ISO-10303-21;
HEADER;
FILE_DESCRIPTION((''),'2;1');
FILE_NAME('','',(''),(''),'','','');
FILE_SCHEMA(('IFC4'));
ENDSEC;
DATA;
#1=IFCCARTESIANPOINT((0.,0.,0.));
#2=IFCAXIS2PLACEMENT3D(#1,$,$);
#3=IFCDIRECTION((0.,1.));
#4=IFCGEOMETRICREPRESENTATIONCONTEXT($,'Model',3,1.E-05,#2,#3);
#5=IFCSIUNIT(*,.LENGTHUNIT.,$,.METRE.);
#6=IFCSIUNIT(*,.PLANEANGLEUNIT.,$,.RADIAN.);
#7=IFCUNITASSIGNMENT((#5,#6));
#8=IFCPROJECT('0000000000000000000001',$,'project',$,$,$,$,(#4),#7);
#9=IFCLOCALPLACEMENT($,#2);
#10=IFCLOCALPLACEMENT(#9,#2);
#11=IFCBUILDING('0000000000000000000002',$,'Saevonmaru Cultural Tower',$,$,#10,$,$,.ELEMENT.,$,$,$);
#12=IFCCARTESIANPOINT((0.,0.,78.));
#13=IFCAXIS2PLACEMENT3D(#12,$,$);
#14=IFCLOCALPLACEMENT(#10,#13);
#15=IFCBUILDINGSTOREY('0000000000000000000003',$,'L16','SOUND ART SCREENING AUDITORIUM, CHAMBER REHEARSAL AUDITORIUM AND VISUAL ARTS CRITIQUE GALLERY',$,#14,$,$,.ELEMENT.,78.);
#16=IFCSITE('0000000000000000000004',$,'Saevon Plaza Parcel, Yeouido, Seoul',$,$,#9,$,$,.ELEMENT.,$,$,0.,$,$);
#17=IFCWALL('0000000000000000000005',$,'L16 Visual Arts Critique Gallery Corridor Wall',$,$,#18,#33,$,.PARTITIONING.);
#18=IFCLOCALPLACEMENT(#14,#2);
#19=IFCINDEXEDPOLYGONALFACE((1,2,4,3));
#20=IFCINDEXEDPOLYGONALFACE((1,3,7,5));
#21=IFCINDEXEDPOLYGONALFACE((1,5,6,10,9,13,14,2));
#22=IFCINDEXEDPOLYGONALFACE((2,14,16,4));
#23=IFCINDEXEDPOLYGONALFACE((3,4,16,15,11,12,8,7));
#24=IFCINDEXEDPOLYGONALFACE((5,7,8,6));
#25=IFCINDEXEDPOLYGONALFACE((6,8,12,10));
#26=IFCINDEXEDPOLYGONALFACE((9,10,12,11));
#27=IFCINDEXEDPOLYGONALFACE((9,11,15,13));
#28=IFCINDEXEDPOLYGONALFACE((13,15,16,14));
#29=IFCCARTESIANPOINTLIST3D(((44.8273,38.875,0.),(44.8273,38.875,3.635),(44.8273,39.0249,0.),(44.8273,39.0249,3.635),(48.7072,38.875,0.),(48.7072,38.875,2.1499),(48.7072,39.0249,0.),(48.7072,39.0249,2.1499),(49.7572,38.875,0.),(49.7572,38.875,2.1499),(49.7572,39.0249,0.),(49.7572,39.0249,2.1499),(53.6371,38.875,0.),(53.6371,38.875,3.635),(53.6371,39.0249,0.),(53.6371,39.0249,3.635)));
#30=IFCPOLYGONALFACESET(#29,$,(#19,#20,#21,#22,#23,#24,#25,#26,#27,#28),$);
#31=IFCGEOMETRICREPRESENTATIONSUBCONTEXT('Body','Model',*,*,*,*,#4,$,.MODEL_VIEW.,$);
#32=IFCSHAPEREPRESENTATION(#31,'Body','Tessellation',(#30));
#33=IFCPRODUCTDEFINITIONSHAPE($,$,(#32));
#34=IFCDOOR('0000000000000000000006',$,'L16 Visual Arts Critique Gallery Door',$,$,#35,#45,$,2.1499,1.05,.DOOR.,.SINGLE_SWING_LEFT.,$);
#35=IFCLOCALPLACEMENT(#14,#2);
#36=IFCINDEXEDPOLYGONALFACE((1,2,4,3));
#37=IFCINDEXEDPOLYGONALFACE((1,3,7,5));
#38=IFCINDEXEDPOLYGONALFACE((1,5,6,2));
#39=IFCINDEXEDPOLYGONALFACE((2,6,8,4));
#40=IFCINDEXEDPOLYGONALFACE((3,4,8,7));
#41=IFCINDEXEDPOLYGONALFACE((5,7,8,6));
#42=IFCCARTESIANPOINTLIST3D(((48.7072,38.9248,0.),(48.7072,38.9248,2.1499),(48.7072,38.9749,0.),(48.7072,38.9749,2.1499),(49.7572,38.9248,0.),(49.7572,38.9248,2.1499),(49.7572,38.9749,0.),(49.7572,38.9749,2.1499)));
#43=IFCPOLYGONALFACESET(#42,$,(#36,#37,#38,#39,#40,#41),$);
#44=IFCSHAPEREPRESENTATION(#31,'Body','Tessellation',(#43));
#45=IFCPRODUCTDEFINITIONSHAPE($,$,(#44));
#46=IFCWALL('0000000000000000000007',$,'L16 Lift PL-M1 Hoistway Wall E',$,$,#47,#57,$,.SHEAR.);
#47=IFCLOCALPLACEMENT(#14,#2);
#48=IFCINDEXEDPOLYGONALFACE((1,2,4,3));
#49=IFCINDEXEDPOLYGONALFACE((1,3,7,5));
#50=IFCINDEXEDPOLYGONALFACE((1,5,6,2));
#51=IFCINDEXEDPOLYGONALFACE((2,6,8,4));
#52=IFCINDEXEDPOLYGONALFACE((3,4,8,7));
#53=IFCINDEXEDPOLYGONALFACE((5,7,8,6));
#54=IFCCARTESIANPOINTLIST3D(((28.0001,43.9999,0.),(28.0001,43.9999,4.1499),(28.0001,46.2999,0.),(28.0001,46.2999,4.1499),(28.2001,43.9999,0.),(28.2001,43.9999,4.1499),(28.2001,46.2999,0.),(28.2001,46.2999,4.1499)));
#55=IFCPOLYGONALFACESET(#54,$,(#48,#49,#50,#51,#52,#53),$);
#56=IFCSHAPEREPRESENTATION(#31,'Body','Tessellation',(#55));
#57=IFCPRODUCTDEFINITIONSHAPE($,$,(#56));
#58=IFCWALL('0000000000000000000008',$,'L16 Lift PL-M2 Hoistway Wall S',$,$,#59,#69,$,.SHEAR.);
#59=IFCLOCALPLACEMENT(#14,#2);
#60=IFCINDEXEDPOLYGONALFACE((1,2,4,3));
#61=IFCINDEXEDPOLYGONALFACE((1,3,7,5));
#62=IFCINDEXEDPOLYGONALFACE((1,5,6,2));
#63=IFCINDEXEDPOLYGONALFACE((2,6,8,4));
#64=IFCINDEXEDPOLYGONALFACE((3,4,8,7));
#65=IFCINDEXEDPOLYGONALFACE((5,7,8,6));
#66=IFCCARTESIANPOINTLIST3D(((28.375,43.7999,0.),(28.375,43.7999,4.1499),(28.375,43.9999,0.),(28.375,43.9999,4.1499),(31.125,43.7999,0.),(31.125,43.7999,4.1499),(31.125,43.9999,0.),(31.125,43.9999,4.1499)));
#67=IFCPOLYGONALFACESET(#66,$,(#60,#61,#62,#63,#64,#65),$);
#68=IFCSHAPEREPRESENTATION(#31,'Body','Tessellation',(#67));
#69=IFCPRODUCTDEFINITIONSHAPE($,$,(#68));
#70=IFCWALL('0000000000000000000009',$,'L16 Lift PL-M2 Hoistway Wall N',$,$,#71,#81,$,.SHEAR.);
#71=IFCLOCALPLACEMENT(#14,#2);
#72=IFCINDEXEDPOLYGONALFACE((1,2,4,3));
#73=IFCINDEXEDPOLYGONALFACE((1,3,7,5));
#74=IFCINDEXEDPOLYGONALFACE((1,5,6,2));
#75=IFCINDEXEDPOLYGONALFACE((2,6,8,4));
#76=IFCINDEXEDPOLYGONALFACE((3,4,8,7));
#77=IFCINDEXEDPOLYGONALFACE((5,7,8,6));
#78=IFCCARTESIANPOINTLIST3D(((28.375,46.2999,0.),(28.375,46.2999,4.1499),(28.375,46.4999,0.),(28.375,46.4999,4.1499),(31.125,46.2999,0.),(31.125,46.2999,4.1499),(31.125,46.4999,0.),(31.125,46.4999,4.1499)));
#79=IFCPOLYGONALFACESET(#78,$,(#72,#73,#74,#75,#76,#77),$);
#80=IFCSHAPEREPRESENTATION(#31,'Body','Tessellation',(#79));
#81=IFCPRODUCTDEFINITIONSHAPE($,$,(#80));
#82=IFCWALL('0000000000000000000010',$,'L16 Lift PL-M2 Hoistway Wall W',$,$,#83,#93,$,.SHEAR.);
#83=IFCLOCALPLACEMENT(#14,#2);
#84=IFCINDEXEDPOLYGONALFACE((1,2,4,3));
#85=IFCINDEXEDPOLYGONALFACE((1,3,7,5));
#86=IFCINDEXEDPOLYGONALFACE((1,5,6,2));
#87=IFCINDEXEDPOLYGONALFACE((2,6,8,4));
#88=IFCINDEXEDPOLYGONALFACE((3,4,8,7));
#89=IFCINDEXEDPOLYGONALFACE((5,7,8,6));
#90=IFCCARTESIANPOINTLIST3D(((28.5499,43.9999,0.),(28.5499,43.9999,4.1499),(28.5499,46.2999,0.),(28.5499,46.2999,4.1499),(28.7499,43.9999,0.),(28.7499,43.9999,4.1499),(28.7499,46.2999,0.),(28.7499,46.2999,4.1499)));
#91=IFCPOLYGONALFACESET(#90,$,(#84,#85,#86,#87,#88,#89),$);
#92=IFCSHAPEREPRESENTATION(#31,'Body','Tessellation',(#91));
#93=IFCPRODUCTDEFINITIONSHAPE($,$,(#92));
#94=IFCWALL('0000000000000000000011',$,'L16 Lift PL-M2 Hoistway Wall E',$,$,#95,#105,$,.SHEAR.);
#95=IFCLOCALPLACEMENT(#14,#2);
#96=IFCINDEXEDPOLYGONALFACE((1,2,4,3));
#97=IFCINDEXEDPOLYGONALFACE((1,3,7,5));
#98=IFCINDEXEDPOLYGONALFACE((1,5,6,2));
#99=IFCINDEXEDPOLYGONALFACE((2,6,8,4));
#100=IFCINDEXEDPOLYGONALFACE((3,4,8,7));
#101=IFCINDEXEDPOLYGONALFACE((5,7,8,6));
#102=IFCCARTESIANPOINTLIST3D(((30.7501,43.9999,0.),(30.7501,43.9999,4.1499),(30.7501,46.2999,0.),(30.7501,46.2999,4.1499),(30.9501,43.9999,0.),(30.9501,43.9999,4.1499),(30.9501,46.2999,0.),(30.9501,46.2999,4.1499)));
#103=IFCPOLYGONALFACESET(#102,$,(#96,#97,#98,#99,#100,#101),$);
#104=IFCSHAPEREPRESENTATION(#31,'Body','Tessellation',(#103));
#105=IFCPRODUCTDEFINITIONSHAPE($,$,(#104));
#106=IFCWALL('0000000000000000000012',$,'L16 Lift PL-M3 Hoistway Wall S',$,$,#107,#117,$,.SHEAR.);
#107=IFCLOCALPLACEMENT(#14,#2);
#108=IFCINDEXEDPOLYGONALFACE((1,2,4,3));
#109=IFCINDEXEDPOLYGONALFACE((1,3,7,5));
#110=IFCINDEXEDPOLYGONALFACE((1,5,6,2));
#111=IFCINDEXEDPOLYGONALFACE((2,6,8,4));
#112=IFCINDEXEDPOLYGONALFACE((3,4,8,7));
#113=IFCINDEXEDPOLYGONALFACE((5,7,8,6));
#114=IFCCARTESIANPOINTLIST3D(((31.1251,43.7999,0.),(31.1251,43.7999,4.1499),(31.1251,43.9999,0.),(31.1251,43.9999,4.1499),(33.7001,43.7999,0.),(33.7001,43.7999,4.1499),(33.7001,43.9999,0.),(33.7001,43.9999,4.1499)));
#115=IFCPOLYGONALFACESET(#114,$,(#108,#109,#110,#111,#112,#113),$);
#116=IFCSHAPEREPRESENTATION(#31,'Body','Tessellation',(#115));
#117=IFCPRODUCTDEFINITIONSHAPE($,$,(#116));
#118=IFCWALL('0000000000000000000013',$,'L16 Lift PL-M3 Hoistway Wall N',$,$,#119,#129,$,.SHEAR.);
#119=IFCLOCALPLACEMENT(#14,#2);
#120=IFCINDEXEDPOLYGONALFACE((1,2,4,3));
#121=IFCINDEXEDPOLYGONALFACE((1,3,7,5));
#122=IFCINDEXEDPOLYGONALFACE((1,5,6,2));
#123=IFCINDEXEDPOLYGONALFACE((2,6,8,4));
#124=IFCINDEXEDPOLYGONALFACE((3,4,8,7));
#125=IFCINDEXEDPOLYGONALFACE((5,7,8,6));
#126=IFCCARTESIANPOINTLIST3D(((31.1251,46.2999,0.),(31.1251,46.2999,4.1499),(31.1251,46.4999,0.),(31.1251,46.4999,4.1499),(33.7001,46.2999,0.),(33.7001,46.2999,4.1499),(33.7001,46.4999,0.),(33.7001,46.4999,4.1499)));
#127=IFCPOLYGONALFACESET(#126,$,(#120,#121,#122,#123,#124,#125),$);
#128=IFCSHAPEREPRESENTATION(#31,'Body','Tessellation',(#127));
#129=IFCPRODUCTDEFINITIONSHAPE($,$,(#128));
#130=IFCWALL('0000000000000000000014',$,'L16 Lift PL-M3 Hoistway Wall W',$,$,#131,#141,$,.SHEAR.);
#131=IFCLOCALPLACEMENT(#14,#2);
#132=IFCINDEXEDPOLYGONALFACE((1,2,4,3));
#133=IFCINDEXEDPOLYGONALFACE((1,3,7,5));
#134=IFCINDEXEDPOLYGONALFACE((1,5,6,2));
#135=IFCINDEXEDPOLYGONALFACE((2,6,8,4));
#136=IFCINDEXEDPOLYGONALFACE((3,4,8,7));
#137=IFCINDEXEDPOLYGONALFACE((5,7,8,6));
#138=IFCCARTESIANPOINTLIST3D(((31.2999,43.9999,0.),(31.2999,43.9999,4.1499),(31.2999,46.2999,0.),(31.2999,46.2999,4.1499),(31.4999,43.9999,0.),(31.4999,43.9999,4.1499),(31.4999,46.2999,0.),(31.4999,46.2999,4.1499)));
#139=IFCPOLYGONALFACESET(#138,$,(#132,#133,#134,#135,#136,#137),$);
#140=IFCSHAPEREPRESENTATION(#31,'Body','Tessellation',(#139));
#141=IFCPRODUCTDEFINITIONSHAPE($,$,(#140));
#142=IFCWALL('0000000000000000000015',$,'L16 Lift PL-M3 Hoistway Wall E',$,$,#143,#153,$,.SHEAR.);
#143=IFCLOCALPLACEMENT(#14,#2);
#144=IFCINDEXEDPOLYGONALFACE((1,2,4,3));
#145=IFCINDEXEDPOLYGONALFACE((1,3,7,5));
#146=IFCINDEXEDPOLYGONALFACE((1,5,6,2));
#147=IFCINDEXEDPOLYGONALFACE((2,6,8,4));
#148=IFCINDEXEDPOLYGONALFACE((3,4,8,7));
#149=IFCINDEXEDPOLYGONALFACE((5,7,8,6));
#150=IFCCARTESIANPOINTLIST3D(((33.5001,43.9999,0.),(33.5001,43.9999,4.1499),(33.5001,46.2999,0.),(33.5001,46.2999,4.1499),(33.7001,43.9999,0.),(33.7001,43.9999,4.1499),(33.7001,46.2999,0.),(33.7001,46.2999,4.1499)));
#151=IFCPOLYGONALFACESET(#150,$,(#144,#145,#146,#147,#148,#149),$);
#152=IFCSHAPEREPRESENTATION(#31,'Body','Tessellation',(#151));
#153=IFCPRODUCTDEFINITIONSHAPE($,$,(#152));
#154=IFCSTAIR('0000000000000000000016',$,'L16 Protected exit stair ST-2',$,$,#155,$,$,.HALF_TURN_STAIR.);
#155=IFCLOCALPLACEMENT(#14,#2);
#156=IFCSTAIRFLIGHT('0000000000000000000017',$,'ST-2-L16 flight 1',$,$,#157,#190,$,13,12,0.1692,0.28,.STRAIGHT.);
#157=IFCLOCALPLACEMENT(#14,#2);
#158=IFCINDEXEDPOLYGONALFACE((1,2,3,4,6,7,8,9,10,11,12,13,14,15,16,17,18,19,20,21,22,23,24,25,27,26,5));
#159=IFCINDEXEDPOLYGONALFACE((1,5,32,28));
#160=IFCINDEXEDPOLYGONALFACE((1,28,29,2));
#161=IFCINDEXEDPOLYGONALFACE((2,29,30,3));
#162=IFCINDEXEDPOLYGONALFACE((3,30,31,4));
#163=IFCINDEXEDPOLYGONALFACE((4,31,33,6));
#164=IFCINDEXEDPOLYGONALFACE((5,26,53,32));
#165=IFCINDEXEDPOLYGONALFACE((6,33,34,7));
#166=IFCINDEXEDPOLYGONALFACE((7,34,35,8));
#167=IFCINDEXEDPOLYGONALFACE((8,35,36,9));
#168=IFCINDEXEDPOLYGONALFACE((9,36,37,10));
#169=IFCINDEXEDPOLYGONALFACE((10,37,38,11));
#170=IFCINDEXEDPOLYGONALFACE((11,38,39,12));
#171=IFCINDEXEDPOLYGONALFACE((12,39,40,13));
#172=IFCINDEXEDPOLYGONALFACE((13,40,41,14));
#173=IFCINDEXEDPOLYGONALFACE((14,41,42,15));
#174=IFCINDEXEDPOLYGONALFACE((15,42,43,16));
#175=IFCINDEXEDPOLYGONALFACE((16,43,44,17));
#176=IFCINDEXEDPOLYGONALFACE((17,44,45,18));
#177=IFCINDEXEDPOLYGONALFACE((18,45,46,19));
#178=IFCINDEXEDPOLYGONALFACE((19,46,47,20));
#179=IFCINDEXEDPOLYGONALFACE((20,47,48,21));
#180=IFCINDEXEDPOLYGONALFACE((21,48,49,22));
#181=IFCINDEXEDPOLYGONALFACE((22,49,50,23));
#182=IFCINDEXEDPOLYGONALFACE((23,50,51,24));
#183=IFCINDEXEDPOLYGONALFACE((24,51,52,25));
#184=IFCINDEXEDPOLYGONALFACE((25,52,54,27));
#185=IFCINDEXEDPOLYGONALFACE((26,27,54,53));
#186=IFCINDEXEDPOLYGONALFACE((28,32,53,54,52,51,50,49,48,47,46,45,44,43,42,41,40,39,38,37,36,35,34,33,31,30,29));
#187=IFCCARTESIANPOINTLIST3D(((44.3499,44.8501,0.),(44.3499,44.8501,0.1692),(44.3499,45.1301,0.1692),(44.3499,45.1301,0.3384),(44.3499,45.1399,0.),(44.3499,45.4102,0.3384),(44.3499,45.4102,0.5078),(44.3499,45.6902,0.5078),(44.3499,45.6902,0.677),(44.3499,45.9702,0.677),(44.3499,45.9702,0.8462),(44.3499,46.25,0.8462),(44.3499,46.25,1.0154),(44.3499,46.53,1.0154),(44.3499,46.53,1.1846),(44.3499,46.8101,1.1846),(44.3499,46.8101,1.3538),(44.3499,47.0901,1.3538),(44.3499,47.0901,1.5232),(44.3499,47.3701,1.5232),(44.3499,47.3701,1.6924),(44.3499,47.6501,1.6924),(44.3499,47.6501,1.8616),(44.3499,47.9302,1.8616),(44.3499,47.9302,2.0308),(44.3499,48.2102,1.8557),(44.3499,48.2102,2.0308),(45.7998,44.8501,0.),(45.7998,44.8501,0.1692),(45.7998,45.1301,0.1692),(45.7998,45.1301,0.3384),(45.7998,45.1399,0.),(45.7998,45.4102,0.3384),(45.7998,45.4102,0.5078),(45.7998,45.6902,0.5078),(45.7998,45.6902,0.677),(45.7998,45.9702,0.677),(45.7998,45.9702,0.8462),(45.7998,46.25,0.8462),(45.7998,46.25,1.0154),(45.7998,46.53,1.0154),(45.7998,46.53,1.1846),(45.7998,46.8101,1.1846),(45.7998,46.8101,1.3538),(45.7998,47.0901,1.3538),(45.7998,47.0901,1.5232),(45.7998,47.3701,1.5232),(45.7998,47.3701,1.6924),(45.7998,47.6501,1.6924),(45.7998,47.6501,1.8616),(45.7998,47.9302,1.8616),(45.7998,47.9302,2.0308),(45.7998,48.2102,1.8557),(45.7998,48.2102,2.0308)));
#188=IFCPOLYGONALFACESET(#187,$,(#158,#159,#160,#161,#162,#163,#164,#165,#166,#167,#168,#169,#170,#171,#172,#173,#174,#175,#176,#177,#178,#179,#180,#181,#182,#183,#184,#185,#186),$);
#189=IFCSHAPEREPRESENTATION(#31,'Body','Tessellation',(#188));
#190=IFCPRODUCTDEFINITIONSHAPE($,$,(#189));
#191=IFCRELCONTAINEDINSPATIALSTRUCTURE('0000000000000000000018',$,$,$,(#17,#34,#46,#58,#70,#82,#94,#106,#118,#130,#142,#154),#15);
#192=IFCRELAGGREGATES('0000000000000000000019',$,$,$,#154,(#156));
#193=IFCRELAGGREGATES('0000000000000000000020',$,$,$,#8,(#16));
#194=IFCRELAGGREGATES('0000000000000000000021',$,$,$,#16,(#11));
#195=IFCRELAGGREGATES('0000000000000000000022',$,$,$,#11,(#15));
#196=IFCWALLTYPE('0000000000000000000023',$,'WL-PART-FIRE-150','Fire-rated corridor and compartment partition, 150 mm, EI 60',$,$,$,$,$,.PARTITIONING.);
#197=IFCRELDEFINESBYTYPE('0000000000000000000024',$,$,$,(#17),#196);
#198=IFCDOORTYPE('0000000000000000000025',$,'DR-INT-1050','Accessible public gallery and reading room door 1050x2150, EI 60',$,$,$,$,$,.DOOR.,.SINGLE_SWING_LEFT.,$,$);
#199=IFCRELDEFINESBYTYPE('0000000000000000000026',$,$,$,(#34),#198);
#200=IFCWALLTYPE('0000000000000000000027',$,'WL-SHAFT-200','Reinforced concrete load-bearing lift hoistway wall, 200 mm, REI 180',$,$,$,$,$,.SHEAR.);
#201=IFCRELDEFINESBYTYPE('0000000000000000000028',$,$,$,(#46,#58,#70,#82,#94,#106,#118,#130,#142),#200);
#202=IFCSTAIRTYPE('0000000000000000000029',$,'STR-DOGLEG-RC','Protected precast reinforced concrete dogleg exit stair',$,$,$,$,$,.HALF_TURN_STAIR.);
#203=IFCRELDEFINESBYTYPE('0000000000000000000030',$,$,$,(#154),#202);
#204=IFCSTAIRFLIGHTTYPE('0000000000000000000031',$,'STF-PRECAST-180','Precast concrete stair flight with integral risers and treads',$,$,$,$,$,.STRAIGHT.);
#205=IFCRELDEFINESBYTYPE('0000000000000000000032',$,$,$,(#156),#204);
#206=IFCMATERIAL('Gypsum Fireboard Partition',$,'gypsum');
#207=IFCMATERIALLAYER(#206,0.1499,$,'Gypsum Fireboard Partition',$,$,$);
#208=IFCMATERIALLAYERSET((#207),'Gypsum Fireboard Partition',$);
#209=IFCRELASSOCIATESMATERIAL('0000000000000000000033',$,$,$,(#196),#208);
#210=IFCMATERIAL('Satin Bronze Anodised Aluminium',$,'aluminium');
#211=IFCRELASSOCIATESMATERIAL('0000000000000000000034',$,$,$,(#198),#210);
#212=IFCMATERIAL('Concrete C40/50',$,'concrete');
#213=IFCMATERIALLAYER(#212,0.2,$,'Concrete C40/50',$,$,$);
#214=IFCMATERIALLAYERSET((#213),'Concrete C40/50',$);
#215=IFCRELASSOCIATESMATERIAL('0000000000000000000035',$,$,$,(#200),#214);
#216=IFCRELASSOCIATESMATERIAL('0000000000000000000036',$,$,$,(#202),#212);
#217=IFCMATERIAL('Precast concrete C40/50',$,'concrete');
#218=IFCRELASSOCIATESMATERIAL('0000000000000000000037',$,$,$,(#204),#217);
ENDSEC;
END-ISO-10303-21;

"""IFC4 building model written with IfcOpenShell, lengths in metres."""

from ifc_helpers import new_model, si_unit, direction, frame, frame_2d, origin, place, context, subcontext, project, spatial, polyline, rectangle, outline, extrude, material, layer, layer_set, type_object, element, fill, aggregate, save


model = new_model("IFC4")

# Units and contexts
model_context = context("Model", 3, precision=1e-05, world=origin(), true_north=direction((0.0, 1.0)))
body_context = subcontext(model_context, "Body", "Model", "MODEL_VIEW")
ifc_project = project(units=[si_unit("LENGTHUNIT", "METRE"), si_unit("PLANEANGLEUNIT", "RADIAN")], contexts=[model_context])

# Site, building, storey
site_placement = place(None, origin())
site = spatial("IfcSite", under=ifc_project, at=site_placement, Name="Saevon Plaza Parcel, Yeouido, Seoul", CompositionType="ELEMENT", RefElevation=0.0)
building_placement = place(site_placement, origin())
building = spatial("IfcBuilding", under=site, at=building_placement, Name="Saevonmaru Cultural Tower", CompositionType="ELEMENT")
storey_placement = place(building_placement, frame((0.0, 0.0, 78.0)))
storey = spatial("IfcBuildingStorey", under=building, at=storey_placement, Name="L16", Description="SOUND ART SCREENING AUDITORIUM, CHAMBER REHEARSAL AUDITORIUM AND VISUAL ARTS CRITIQUE GALLERY", CompositionType="ELEMENT", Elevation=78.0)

# Shared definitions
ifc_material_1 = material(Name="Satin Bronze Anodised Aluminium", Category="aluminium")

# Shared definitions
ifc_material_2 = material(Name="Gypsum Fireboard Partition", Category="gypsum")

# Shared definitions
ifc_layer_1 = layer(ifc_material_2, 0.1499, Name="Gypsum Fireboard Partition")
ifc_layer_set_1 = layer_set([ifc_layer_1], Name="Gypsum Fireboard Partition")
wall_type_1 = type_object("IfcWallType", Name="WL-PART-FIRE-150", Description="Fire-rated corridor and compartment partition, 150 mm, EI 60", PredefinedType="PARTITIONING", material=ifc_layer_set_1)

# Wall, opening, door
wall_1_placement = place(storey_placement, frame((44.8274, 38.95, 0.0), z_axis=(0.0, 0.0, 1.0), x_axis=(1.0, 0.0, 0.0)))
wall_1 = element("IfcWall", 1, at=wall_1_placement, inside=storey, type_object=wall_type_1, Name="L16 Visual Arts Critique Gallery Corridor Wall", PredefinedType="PARTITIONING", context=body_context, shape_type="SweptSolid", body=[
    extrude(rectangle(XDim=8.8098, YDim=0.1499, at=frame_2d((4.4048, 0.0))), origin(), (0.0, 0.0, 1.0), 3.635),
])
opening_1_placement = place(wall_1_placement, frame((3.8799, 0.0, 0.0)))
opening_1 = element("IfcOpeningElement", 2, at=opening_1_placement, cuts=wall_1, PredefinedType="OPENING", context=body_context, shape_type="SweptSolid", body=[
    extrude(rectangle(XDim=1.05, YDim=2.1499, at=frame_2d((0.5249, 1.075))), frame((0.0, 0.085, 0.0), z_axis=(0.0, -1.0, 0.0), x_axis=(1.0, 0.0, 0.0)), (0.0, 0.0, 1.0), 0.1699),
])
door_type_1 = type_object("IfcDoorType", Name="DR-INT-1050", Description="Accessible public gallery and reading room door 1050x2150, EI 60", OperationType="SINGLE_SWING_LEFT", PredefinedType="DOOR", material=ifc_material_1)
door_1_placement = place(opening_1_placement, origin())
door_1 = element("IfcDoor", 3, at=door_1_placement, inside=storey, type_object=door_type_1, Name="L16 Visual Arts Critique Gallery Door", OperationType="SINGLE_SWING_LEFT", OverallHeight=2.1499, OverallWidth=1.05, PredefinedType="DOOR", context=body_context, shape_type="SweptSolid", body=[
    extrude(rectangle(XDim=1.05, YDim=2.1499, at=frame_2d((0.5249, 1.075))), frame((0.0, 0.0249, 0.0), z_axis=(0.0, -1.0, 0.0), x_axis=(1.0, 0.0, 0.0)), (0.0, 0.0, 1.0), 0.05),
])
fill(opening_1, door_1)

# Walls
ifc_material_3 = material(Name="Concrete C40/50", Category="concrete")
ifc_layer_2 = layer(ifc_material_3, 0.2, Name="Concrete C40/50")
ifc_layer_set_2 = layer_set([ifc_layer_2], Name="Concrete C40/50")
wall_type_2 = type_object("IfcWallType", Name="WL-SHAFT-200", Description="Reinforced concrete load-bearing lift hoistway wall, 200 mm, REI 180", PredefinedType="SHEAR", material=ifc_layer_set_2)
wall_2_placement = place(storey_placement, frame((28.1001, 44.0, 0.0), z_axis=(0.0, 0.0, 1.0), x_axis=(0.0, 1.0, 0.0)))
element("IfcWall", 4, at=wall_2_placement, inside=storey, type_object=wall_type_2, Name="L16 Lift PL-M1 Hoistway Wall E", PredefinedType="SHEAR", context=body_context, shape_type="SweptSolid", body=[
    extrude(rectangle(XDim=2.3, YDim=0.2, at=frame_2d((1.1499, 0.0))), origin(), (0.0, 0.0, 1.0), 4.1499),
])
for number, where, z_axis, x_axis, name in (
    (5, (28.375, 43.8999, 0.0), (0.0, 0.0, 1.0), (1.0, 0.0, 0.0), "L16 Lift PL-M2 Hoistway Wall S"),
    (6, (28.375, 46.3999, 0.0), (0.0, 0.0, 1.0), (1.0, 0.0, 0.0), "L16 Lift PL-M2 Hoistway Wall N"),
):
    element("IfcWall", number, at=place(storey_placement, frame(where, z_axis=z_axis, x_axis=x_axis)), inside=storey, type_object=wall_type_2, Name=name, PredefinedType="SHEAR", context=body_context, shape_type="SweptSolid", body=[
        extrude(rectangle(XDim=2.75, YDim=0.2, at=frame_2d((1.375, 0.0))), origin(), (0.0, 0.0, 1.0), 4.1499),
    ])
for number, where, z_axis, x_axis, name in (
    (7, (28.6499, 44.0, 0.0), (0.0, 0.0, 1.0), (0.0, 1.0, 0.0), "L16 Lift PL-M2 Hoistway Wall W"),
    (8, (30.8501, 44.0, 0.0), (0.0, 0.0, 1.0), (0.0, 1.0, 0.0), "L16 Lift PL-M2 Hoistway Wall E"),
):
    element("IfcWall", number, at=place(storey_placement, frame(where, z_axis=z_axis, x_axis=x_axis)), inside=storey, type_object=wall_type_2, Name=name, PredefinedType="SHEAR", context=body_context, shape_type="SweptSolid", body=[
        extrude(rectangle(XDim=2.3, YDim=0.2, at=frame_2d((1.1499, 0.0))), origin(), (0.0, 0.0, 1.0), 4.1499),
    ])
for number, where, z_axis, x_axis, name in (
    (9, (31.125, 43.8999, 0.0), (0.0, 0.0, 1.0), (1.0, 0.0, 0.0), "L16 Lift PL-M3 Hoistway Wall S"),
    (10, (31.125, 46.3999, 0.0), (0.0, 0.0, 1.0), (1.0, 0.0, 0.0), "L16 Lift PL-M3 Hoistway Wall N"),
):
    element("IfcWall", number, at=place(storey_placement, frame(where, z_axis=z_axis, x_axis=x_axis)), inside=storey, type_object=wall_type_2, Name=name, PredefinedType="SHEAR", context=body_context, shape_type="SweptSolid", body=[
        extrude(rectangle(XDim=2.575, YDim=0.2, at=frame_2d((1.2876, 0.0))), origin(), (0.0, 0.0, 1.0), 4.1499),
    ])
for number, where, z_axis, x_axis, name in (
    (11, (31.3999, 44.0, 0.0), (0.0, 0.0, 1.0), (0.0, 1.0, 0.0), "L16 Lift PL-M3 Hoistway Wall W"),
    (12, (33.6001, 44.0, 0.0), (0.0, 0.0, 1.0), (0.0, 1.0, 0.0), "L16 Lift PL-M3 Hoistway Wall E"),
):
    element("IfcWall", number, at=place(storey_placement, frame(where, z_axis=z_axis, x_axis=x_axis)), inside=storey, type_object=wall_type_2, Name=name, PredefinedType="SHEAR", context=body_context, shape_type="SweptSolid", body=[
        extrude(rectangle(XDim=2.3, YDim=0.2, at=frame_2d((1.1499, 0.0))), origin(), (0.0, 0.0, 1.0), 4.1499),
    ])

# Stair, stair flight
stair_type = type_object("IfcStairType", Name="STR-DOGLEG-RC", Description="Protected precast reinforced concrete dogleg exit stair", PredefinedType="HALF_TURN_STAIR", material=ifc_material_3)
stair_placement = place(storey_placement, origin())
stair = element("IfcStair", 13, at=stair_placement, inside=storey, type_object=stair_type, Name="L16 Protected exit stair ST-2", PredefinedType="HALF_TURN_STAIR")
ifc_material_4 = material(Name="Precast concrete C40/50", Category="concrete")
stair_flight_type = type_object("IfcStairFlightType", Name="STF-PRECAST-180", Description="Precast concrete stair flight with integral risers and treads", PredefinedType="STRAIGHT", material=ifc_material_4)
stair_flight_1_placement = place(storey_placement, frame((45.075, 44.8501, 0.0), z_axis=(0.0, 0.0, 1.0), x_axis=(0.0, 1.0, 0.0)))
stair_flight_1 = element("IfcStairFlight", 14, at=stair_flight_1_placement, type_object=stair_flight_type, Name="ST-2-L16 flight 1", NumberOfRisers=13, NumberOfTreads=12, PredefinedType="STRAIGHT", RiserHeight=0.1692, TreadLength=0.28, context=body_context, shape_type="SweptSolid", body=[
    extrude(outline(polyline([(0.0, 0.0), (0.0, 0.1692), (0.28, 0.1692), (0.28, 0.3384), (0.5601, 0.3384), (0.5601, 0.5078), (0.8401, 0.5078), (0.8401, 0.677), (1.1201, 0.677), (1.1201, 0.8462), (1.3999, 0.8462), (1.3999, 1.0154), (1.6799, 1.0154), (1.6799, 1.1846), (1.96, 1.1846), (1.96, 1.3538), (2.24, 1.3538), (2.24, 1.5232), (2.52, 1.5232), (2.52, 1.6924), (2.8, 1.6924), (2.8, 1.8616), (3.0801, 1.8616), (3.0801, 2.0308), (3.3601, 2.0308), (3.3601, 2.2), (3.3601, 1.8557), (0.2898, 0.0), (0.0, 0.0)])), frame((0.0, 0.7251, 0.0), z_axis=(0.0, -1.0, 0.0), x_axis=(1.0, 0.0, 0.0)), (0.0, 0.0, 1.0), 1.45),
])
aggregate(stair, [stair_flight_1])

save(model, "model.ifc")
